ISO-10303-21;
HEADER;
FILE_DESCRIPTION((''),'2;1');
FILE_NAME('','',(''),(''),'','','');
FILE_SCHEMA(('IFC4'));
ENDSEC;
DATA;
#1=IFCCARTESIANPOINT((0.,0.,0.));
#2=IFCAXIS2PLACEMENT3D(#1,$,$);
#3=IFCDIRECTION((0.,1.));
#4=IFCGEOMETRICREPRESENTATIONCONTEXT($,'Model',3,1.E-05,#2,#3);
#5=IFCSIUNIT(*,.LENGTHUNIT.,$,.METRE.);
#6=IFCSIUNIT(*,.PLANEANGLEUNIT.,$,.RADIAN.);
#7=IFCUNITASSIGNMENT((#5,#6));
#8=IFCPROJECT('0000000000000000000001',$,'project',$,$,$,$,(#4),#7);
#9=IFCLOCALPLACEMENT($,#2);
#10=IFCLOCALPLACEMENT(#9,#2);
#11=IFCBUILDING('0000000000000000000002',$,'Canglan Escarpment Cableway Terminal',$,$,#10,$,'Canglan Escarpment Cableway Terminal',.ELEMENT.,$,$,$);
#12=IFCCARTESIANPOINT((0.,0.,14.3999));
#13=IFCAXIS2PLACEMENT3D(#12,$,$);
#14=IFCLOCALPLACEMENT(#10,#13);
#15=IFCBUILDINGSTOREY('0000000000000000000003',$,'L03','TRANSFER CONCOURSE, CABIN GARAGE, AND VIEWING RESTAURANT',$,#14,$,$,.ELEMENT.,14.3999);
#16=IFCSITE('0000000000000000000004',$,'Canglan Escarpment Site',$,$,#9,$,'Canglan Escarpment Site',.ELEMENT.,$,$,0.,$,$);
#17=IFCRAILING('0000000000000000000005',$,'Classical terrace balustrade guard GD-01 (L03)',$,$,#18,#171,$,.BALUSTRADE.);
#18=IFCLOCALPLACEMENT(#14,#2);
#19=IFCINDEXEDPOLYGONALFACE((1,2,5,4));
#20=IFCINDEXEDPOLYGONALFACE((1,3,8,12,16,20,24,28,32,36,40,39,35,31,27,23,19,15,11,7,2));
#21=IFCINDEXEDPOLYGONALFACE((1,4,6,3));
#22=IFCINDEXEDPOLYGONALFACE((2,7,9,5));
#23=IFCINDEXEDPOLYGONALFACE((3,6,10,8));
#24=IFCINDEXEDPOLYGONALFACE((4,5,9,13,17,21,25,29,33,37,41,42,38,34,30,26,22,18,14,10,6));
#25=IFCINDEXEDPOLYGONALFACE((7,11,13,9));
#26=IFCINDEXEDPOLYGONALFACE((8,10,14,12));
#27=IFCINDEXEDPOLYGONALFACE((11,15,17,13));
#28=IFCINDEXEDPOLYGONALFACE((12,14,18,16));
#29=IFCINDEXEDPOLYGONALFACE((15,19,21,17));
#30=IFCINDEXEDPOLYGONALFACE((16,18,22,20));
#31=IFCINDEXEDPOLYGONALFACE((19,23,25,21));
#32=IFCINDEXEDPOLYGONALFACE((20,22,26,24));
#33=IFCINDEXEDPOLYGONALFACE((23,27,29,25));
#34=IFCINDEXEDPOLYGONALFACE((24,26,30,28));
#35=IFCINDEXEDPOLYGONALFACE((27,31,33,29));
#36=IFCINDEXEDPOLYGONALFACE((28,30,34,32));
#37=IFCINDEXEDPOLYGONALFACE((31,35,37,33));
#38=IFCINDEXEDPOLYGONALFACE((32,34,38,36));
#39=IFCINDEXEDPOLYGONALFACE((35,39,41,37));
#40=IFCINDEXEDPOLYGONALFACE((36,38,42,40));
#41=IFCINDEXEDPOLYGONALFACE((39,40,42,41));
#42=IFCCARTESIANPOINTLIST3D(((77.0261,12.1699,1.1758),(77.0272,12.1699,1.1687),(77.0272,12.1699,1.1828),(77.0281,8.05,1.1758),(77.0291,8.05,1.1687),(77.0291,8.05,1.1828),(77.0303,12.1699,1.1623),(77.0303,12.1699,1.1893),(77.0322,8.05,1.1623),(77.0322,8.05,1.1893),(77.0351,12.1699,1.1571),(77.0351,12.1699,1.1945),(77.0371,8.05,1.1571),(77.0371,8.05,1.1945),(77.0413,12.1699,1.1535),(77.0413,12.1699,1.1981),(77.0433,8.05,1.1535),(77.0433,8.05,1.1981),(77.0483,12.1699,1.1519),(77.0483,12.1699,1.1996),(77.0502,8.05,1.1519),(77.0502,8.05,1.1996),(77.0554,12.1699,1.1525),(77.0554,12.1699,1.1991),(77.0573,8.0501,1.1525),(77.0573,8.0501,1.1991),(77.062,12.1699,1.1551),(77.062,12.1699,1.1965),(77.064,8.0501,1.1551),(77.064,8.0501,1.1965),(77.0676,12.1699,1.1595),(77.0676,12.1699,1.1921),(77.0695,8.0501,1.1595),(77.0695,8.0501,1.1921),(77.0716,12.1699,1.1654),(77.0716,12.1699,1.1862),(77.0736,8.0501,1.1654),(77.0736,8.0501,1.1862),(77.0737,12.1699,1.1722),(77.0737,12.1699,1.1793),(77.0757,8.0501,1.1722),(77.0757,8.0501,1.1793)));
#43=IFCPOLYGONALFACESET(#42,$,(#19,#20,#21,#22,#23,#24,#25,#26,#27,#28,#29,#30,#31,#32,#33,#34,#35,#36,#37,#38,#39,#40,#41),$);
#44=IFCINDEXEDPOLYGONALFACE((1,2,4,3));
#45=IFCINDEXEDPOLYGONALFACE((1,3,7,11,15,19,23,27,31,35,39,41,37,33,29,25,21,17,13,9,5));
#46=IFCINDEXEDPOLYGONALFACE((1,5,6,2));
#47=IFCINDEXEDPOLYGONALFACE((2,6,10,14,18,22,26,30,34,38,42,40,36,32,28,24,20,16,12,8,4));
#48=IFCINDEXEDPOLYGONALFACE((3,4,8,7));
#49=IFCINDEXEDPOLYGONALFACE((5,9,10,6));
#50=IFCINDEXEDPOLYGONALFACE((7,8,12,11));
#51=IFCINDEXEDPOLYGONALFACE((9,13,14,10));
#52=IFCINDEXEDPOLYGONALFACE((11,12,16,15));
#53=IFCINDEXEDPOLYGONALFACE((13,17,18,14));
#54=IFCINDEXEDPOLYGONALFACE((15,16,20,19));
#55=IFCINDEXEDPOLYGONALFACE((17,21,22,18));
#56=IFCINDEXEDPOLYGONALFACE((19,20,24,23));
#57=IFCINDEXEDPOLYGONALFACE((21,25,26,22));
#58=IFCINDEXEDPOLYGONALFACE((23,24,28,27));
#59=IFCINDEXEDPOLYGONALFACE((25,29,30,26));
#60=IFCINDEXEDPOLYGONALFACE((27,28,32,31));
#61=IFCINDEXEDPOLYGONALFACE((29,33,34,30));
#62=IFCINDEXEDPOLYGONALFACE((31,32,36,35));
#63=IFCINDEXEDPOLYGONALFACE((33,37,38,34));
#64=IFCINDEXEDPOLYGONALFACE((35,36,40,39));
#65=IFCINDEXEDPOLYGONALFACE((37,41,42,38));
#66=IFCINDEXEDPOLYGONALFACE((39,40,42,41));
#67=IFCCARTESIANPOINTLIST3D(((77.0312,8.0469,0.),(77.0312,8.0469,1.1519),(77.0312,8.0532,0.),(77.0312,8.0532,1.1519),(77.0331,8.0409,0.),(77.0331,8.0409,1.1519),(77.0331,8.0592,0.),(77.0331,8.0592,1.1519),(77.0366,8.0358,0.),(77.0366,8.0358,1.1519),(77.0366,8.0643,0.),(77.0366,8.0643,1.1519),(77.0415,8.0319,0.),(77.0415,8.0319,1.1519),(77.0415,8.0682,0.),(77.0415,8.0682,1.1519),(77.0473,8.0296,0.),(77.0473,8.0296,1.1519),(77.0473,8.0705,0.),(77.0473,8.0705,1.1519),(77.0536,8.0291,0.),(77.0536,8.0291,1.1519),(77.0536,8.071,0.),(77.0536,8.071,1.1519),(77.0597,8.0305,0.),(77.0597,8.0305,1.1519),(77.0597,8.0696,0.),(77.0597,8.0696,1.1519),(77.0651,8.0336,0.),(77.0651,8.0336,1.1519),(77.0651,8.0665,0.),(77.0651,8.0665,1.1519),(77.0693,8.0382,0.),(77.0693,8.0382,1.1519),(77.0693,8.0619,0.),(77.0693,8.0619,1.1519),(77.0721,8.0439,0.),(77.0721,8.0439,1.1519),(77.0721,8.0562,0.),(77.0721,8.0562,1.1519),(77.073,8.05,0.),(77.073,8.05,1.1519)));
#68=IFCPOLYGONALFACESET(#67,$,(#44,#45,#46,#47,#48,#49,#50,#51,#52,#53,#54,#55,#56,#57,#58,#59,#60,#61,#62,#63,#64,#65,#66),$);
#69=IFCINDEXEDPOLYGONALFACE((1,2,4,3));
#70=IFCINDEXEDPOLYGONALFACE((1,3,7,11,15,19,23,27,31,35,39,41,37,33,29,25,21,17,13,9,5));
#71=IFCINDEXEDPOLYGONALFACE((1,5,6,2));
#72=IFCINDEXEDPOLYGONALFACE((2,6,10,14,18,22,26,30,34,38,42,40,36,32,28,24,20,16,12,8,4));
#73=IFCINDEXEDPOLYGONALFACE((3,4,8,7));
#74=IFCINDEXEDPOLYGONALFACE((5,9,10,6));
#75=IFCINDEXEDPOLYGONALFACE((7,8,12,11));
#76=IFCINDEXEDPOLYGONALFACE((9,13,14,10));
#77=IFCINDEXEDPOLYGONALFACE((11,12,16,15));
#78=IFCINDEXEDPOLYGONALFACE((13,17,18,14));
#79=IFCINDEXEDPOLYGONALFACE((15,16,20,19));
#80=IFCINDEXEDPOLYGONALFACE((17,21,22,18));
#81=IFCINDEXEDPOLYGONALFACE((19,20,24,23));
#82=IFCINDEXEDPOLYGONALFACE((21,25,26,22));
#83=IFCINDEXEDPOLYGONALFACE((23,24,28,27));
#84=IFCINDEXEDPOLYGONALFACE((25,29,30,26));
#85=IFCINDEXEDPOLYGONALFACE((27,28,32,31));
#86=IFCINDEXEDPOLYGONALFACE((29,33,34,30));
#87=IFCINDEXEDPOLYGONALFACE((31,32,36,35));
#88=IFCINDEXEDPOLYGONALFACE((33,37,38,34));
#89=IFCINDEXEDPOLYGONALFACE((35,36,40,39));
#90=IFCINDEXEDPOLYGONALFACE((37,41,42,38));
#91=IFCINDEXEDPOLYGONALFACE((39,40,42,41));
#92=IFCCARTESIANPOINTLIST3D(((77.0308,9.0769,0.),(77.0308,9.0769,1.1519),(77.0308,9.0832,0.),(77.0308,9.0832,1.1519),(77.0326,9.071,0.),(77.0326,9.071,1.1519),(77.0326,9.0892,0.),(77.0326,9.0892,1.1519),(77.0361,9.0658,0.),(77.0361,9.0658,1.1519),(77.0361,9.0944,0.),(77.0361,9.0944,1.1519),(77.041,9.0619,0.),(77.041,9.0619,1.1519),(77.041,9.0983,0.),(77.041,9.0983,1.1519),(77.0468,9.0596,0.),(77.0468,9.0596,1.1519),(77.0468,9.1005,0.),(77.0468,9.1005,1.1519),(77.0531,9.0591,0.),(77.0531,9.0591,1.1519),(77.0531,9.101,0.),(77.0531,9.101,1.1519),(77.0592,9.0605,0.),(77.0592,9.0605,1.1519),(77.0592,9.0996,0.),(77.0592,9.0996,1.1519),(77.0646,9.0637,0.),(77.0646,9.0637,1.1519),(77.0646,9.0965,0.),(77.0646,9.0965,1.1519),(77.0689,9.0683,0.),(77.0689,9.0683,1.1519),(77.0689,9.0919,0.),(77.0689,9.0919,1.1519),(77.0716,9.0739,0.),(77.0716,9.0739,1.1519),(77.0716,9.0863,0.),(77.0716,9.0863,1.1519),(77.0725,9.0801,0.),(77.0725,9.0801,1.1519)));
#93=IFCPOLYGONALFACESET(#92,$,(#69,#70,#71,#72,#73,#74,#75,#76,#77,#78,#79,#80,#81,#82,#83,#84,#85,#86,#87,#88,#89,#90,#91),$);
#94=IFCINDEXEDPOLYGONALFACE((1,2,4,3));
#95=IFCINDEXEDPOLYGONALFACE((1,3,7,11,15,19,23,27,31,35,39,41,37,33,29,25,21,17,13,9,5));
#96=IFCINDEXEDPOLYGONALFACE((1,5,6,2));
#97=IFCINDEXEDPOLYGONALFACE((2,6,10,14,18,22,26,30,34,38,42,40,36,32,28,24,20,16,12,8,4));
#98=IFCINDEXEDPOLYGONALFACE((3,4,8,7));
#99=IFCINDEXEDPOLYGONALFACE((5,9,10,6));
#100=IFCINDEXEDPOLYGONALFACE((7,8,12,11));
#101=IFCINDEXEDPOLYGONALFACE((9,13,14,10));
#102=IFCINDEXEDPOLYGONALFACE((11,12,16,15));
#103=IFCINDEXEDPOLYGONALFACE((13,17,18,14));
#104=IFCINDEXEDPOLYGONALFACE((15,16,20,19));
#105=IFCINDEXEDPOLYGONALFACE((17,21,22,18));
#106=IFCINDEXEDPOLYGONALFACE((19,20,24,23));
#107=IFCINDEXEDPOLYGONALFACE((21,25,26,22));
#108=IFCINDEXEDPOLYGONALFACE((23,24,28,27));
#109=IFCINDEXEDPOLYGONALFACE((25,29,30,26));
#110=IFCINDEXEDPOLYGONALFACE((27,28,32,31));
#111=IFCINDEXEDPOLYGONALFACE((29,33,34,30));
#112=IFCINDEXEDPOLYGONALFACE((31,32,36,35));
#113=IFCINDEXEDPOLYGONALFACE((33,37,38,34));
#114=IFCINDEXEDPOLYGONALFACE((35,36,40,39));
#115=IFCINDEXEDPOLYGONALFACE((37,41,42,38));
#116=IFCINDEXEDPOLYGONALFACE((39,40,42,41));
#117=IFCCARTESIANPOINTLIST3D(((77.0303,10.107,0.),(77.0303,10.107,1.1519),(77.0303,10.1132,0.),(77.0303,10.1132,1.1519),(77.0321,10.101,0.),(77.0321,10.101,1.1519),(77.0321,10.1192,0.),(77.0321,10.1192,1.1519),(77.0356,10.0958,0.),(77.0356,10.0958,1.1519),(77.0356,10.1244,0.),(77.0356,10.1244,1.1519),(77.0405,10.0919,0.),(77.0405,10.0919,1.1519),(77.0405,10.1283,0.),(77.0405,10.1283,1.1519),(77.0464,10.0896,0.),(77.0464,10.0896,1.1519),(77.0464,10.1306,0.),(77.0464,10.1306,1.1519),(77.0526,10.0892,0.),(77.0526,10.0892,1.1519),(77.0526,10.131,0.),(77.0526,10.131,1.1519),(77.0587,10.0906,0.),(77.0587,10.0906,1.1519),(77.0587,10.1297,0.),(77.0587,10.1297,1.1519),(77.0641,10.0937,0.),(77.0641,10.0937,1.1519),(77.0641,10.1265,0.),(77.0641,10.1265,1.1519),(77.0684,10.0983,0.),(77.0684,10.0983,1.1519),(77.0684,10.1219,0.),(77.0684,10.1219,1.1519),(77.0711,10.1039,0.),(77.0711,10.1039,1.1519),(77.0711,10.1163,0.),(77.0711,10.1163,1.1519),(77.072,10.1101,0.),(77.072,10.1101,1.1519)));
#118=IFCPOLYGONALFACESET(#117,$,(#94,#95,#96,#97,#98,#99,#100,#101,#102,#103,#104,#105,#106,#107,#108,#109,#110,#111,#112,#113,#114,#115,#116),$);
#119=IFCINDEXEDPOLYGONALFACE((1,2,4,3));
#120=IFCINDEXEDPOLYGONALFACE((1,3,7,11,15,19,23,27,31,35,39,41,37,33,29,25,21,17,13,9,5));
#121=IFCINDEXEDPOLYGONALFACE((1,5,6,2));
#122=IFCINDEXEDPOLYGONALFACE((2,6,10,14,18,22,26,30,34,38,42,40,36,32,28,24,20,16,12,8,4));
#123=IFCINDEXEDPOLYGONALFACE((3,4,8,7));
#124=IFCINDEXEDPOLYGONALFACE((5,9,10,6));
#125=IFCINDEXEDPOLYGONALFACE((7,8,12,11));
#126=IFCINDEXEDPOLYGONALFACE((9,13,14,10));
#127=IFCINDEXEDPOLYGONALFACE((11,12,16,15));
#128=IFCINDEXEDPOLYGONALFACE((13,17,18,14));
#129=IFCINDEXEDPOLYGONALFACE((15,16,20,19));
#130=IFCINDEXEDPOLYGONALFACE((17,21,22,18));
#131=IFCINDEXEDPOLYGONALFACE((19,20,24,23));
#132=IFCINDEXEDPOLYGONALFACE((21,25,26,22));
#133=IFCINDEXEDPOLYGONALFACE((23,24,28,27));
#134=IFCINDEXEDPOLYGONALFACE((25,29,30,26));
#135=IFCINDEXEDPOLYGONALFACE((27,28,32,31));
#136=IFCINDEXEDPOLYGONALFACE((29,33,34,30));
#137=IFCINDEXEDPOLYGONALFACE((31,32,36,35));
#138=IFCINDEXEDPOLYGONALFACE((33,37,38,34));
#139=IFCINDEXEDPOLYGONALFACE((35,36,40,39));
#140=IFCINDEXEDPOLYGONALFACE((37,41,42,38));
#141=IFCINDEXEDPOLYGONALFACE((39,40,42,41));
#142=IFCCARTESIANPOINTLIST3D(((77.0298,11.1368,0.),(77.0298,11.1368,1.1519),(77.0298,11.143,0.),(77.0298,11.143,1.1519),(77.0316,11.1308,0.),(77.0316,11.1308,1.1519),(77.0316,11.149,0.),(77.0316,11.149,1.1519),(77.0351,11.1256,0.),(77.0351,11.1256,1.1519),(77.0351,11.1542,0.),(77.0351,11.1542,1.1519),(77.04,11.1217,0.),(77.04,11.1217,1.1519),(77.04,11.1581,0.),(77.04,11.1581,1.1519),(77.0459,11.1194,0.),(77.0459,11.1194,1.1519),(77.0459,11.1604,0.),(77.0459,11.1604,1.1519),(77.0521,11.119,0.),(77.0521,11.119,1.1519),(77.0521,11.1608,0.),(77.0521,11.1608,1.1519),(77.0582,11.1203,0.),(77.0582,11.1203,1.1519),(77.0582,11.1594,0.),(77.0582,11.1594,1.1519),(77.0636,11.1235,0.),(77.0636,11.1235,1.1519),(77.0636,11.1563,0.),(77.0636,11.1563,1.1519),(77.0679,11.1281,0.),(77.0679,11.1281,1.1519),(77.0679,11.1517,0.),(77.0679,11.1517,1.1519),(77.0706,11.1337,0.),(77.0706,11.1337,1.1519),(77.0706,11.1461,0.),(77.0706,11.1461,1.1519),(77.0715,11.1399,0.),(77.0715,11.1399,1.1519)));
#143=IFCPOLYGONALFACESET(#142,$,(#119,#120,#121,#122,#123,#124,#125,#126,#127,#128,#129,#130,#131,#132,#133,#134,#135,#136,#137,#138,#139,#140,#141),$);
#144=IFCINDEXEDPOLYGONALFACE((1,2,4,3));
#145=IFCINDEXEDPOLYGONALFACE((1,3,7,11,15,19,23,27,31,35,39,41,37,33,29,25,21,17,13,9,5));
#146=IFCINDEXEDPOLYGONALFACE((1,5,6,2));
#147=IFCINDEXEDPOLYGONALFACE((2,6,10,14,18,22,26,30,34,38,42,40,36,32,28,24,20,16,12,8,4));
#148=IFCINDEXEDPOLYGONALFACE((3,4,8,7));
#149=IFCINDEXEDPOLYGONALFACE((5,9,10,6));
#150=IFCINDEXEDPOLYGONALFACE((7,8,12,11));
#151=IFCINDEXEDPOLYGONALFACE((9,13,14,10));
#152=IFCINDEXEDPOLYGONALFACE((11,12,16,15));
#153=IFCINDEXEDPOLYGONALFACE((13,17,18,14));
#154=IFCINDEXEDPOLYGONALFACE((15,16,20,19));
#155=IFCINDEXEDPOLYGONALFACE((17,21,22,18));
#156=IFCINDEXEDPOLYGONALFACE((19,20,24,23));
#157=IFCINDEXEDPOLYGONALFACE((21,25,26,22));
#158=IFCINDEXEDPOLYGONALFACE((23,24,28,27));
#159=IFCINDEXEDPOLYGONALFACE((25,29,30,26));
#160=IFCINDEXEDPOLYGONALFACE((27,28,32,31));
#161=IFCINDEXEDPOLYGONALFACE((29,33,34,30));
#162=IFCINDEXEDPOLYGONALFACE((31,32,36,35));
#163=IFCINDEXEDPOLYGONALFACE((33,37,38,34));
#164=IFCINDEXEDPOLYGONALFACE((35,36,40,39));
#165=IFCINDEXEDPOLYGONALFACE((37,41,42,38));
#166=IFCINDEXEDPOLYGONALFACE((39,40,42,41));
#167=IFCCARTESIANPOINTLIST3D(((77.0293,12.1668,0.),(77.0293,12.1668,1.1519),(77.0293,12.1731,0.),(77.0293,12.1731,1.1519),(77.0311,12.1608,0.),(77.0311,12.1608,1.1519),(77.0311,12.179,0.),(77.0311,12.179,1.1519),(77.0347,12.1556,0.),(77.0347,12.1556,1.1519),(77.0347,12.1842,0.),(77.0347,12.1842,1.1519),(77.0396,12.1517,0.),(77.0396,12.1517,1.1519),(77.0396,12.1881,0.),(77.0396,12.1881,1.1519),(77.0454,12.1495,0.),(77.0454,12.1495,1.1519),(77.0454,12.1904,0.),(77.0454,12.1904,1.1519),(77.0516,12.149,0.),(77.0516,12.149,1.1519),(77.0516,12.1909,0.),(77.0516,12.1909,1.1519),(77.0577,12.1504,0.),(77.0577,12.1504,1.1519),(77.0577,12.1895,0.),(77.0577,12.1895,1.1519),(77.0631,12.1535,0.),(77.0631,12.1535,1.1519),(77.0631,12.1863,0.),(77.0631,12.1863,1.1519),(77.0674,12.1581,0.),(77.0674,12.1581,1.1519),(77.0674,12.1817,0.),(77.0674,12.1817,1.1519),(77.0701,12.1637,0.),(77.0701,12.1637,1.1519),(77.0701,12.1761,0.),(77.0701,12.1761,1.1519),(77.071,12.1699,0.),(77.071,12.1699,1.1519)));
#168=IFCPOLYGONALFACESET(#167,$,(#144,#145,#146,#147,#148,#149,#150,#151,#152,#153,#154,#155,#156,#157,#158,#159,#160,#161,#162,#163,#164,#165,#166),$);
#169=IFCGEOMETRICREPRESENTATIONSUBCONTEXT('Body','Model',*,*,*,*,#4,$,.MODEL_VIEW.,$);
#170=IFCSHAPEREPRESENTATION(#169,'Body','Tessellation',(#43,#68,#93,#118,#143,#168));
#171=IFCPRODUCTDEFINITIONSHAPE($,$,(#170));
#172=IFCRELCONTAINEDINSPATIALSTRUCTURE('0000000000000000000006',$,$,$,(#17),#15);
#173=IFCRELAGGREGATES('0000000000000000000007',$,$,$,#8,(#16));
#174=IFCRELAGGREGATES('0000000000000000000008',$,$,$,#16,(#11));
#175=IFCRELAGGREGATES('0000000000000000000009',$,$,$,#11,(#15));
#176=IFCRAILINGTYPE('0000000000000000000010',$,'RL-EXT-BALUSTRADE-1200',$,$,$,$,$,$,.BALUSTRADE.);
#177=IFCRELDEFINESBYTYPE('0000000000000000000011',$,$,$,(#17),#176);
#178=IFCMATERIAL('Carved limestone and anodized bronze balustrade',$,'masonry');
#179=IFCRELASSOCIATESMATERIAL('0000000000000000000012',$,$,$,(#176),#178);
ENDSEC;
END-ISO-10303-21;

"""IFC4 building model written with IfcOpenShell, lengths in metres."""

from ifc_helpers import new_model, si_unit, direction, frame, origin, origin_2d, place, context, subcontext, project, spatial, circle, extrude, material, type_object, element, save


model = new_model("IFC4")

# Units and contexts
model_context = context("Model", 3, precision=1e-05, world=origin(), true_north=direction((0.0, 1.0)))
body_context = subcontext(model_context, "Body", "Model", "MODEL_VIEW")
ifc_project = project(units=[si_unit("LENGTHUNIT", "METRE"), si_unit("PLANEANGLEUNIT", "RADIAN")], contexts=[model_context])

# Site, building, storey
site_placement = place(None, origin())
site = spatial("IfcSite", under=ifc_project, at=site_placement, Name="Canglan Escarpment Site", LongName="Canglan Escarpment Site", CompositionType="ELEMENT", RefElevation=0.0)
building_placement = place(site_placement, origin())
building = spatial("IfcBuilding", under=site, at=building_placement, Name="Canglan Escarpment Cableway Terminal", LongName="Canglan Escarpment Cableway Terminal", CompositionType="ELEMENT")
storey_placement = place(building_placement, frame((0.0, 0.0, 14.3999)))
storey = spatial("IfcBuildingStorey", under=building, at=storey_placement, Name="L03", Description="TRANSFER CONCOURSE, CABIN GARAGE, AND VIEWING RESTAURANT", CompositionType="ELEMENT", Elevation=14.3999)

# Railing
ifc_material_1 = material(Name="Carved limestone and anodized bronze balustrade", Category="masonry")
railing_type = type_object("IfcRailingType", Name="RL-EXT-BALUSTRADE-1200", PredefinedType="BALUSTRADE", material=ifc_material_1)
railing_1_placement = place(storey_placement, frame((77.052, 8.05, 0.0)))
element("IfcRailing", 1, at=railing_1_placement, inside=storey, type_object=railing_type, Name="Classical terrace balustrade guard GD-01 (L03)", PredefinedType="BALUSTRADE", context=body_context, shape_type="SweptSolid", body=[
    extrude(circle(Radius=0.0239, at=origin_2d()), frame((0.0, 0.0, 1.1758), z_axis=(-0.000474, 1.0, 0.0), x_axis=(-1.0, -0.000474, 0.0)), (0.0, 0.0, 1.0), 4.1199),
    extrude(circle(Radius=0.021, at=origin_2d()), origin(), (0.0, 0.0, 1.0), 1.1519),
    extrude(circle(Radius=0.021, at=origin_2d()), frame((-0.0005, 1.03, 0.0)), (0.0, 0.0, 1.0), 1.1519),
    extrude(circle(Radius=0.021, at=origin_2d()), frame((-0.001, 2.0601, 0.0)), (0.0, 0.0, 1.0), 1.1519),
    extrude(circle(Radius=0.021, at=origin_2d()), frame((-0.0015, 3.0898, 0.0)), (0.0, 0.0, 1.0), 1.1519),
    extrude(circle(Radius=0.021, at=origin_2d()), frame((-0.002, 4.1199, 0.0)), (0.0, 0.0, 1.0), 1.1519),
])

save(model, "model.ifc")
